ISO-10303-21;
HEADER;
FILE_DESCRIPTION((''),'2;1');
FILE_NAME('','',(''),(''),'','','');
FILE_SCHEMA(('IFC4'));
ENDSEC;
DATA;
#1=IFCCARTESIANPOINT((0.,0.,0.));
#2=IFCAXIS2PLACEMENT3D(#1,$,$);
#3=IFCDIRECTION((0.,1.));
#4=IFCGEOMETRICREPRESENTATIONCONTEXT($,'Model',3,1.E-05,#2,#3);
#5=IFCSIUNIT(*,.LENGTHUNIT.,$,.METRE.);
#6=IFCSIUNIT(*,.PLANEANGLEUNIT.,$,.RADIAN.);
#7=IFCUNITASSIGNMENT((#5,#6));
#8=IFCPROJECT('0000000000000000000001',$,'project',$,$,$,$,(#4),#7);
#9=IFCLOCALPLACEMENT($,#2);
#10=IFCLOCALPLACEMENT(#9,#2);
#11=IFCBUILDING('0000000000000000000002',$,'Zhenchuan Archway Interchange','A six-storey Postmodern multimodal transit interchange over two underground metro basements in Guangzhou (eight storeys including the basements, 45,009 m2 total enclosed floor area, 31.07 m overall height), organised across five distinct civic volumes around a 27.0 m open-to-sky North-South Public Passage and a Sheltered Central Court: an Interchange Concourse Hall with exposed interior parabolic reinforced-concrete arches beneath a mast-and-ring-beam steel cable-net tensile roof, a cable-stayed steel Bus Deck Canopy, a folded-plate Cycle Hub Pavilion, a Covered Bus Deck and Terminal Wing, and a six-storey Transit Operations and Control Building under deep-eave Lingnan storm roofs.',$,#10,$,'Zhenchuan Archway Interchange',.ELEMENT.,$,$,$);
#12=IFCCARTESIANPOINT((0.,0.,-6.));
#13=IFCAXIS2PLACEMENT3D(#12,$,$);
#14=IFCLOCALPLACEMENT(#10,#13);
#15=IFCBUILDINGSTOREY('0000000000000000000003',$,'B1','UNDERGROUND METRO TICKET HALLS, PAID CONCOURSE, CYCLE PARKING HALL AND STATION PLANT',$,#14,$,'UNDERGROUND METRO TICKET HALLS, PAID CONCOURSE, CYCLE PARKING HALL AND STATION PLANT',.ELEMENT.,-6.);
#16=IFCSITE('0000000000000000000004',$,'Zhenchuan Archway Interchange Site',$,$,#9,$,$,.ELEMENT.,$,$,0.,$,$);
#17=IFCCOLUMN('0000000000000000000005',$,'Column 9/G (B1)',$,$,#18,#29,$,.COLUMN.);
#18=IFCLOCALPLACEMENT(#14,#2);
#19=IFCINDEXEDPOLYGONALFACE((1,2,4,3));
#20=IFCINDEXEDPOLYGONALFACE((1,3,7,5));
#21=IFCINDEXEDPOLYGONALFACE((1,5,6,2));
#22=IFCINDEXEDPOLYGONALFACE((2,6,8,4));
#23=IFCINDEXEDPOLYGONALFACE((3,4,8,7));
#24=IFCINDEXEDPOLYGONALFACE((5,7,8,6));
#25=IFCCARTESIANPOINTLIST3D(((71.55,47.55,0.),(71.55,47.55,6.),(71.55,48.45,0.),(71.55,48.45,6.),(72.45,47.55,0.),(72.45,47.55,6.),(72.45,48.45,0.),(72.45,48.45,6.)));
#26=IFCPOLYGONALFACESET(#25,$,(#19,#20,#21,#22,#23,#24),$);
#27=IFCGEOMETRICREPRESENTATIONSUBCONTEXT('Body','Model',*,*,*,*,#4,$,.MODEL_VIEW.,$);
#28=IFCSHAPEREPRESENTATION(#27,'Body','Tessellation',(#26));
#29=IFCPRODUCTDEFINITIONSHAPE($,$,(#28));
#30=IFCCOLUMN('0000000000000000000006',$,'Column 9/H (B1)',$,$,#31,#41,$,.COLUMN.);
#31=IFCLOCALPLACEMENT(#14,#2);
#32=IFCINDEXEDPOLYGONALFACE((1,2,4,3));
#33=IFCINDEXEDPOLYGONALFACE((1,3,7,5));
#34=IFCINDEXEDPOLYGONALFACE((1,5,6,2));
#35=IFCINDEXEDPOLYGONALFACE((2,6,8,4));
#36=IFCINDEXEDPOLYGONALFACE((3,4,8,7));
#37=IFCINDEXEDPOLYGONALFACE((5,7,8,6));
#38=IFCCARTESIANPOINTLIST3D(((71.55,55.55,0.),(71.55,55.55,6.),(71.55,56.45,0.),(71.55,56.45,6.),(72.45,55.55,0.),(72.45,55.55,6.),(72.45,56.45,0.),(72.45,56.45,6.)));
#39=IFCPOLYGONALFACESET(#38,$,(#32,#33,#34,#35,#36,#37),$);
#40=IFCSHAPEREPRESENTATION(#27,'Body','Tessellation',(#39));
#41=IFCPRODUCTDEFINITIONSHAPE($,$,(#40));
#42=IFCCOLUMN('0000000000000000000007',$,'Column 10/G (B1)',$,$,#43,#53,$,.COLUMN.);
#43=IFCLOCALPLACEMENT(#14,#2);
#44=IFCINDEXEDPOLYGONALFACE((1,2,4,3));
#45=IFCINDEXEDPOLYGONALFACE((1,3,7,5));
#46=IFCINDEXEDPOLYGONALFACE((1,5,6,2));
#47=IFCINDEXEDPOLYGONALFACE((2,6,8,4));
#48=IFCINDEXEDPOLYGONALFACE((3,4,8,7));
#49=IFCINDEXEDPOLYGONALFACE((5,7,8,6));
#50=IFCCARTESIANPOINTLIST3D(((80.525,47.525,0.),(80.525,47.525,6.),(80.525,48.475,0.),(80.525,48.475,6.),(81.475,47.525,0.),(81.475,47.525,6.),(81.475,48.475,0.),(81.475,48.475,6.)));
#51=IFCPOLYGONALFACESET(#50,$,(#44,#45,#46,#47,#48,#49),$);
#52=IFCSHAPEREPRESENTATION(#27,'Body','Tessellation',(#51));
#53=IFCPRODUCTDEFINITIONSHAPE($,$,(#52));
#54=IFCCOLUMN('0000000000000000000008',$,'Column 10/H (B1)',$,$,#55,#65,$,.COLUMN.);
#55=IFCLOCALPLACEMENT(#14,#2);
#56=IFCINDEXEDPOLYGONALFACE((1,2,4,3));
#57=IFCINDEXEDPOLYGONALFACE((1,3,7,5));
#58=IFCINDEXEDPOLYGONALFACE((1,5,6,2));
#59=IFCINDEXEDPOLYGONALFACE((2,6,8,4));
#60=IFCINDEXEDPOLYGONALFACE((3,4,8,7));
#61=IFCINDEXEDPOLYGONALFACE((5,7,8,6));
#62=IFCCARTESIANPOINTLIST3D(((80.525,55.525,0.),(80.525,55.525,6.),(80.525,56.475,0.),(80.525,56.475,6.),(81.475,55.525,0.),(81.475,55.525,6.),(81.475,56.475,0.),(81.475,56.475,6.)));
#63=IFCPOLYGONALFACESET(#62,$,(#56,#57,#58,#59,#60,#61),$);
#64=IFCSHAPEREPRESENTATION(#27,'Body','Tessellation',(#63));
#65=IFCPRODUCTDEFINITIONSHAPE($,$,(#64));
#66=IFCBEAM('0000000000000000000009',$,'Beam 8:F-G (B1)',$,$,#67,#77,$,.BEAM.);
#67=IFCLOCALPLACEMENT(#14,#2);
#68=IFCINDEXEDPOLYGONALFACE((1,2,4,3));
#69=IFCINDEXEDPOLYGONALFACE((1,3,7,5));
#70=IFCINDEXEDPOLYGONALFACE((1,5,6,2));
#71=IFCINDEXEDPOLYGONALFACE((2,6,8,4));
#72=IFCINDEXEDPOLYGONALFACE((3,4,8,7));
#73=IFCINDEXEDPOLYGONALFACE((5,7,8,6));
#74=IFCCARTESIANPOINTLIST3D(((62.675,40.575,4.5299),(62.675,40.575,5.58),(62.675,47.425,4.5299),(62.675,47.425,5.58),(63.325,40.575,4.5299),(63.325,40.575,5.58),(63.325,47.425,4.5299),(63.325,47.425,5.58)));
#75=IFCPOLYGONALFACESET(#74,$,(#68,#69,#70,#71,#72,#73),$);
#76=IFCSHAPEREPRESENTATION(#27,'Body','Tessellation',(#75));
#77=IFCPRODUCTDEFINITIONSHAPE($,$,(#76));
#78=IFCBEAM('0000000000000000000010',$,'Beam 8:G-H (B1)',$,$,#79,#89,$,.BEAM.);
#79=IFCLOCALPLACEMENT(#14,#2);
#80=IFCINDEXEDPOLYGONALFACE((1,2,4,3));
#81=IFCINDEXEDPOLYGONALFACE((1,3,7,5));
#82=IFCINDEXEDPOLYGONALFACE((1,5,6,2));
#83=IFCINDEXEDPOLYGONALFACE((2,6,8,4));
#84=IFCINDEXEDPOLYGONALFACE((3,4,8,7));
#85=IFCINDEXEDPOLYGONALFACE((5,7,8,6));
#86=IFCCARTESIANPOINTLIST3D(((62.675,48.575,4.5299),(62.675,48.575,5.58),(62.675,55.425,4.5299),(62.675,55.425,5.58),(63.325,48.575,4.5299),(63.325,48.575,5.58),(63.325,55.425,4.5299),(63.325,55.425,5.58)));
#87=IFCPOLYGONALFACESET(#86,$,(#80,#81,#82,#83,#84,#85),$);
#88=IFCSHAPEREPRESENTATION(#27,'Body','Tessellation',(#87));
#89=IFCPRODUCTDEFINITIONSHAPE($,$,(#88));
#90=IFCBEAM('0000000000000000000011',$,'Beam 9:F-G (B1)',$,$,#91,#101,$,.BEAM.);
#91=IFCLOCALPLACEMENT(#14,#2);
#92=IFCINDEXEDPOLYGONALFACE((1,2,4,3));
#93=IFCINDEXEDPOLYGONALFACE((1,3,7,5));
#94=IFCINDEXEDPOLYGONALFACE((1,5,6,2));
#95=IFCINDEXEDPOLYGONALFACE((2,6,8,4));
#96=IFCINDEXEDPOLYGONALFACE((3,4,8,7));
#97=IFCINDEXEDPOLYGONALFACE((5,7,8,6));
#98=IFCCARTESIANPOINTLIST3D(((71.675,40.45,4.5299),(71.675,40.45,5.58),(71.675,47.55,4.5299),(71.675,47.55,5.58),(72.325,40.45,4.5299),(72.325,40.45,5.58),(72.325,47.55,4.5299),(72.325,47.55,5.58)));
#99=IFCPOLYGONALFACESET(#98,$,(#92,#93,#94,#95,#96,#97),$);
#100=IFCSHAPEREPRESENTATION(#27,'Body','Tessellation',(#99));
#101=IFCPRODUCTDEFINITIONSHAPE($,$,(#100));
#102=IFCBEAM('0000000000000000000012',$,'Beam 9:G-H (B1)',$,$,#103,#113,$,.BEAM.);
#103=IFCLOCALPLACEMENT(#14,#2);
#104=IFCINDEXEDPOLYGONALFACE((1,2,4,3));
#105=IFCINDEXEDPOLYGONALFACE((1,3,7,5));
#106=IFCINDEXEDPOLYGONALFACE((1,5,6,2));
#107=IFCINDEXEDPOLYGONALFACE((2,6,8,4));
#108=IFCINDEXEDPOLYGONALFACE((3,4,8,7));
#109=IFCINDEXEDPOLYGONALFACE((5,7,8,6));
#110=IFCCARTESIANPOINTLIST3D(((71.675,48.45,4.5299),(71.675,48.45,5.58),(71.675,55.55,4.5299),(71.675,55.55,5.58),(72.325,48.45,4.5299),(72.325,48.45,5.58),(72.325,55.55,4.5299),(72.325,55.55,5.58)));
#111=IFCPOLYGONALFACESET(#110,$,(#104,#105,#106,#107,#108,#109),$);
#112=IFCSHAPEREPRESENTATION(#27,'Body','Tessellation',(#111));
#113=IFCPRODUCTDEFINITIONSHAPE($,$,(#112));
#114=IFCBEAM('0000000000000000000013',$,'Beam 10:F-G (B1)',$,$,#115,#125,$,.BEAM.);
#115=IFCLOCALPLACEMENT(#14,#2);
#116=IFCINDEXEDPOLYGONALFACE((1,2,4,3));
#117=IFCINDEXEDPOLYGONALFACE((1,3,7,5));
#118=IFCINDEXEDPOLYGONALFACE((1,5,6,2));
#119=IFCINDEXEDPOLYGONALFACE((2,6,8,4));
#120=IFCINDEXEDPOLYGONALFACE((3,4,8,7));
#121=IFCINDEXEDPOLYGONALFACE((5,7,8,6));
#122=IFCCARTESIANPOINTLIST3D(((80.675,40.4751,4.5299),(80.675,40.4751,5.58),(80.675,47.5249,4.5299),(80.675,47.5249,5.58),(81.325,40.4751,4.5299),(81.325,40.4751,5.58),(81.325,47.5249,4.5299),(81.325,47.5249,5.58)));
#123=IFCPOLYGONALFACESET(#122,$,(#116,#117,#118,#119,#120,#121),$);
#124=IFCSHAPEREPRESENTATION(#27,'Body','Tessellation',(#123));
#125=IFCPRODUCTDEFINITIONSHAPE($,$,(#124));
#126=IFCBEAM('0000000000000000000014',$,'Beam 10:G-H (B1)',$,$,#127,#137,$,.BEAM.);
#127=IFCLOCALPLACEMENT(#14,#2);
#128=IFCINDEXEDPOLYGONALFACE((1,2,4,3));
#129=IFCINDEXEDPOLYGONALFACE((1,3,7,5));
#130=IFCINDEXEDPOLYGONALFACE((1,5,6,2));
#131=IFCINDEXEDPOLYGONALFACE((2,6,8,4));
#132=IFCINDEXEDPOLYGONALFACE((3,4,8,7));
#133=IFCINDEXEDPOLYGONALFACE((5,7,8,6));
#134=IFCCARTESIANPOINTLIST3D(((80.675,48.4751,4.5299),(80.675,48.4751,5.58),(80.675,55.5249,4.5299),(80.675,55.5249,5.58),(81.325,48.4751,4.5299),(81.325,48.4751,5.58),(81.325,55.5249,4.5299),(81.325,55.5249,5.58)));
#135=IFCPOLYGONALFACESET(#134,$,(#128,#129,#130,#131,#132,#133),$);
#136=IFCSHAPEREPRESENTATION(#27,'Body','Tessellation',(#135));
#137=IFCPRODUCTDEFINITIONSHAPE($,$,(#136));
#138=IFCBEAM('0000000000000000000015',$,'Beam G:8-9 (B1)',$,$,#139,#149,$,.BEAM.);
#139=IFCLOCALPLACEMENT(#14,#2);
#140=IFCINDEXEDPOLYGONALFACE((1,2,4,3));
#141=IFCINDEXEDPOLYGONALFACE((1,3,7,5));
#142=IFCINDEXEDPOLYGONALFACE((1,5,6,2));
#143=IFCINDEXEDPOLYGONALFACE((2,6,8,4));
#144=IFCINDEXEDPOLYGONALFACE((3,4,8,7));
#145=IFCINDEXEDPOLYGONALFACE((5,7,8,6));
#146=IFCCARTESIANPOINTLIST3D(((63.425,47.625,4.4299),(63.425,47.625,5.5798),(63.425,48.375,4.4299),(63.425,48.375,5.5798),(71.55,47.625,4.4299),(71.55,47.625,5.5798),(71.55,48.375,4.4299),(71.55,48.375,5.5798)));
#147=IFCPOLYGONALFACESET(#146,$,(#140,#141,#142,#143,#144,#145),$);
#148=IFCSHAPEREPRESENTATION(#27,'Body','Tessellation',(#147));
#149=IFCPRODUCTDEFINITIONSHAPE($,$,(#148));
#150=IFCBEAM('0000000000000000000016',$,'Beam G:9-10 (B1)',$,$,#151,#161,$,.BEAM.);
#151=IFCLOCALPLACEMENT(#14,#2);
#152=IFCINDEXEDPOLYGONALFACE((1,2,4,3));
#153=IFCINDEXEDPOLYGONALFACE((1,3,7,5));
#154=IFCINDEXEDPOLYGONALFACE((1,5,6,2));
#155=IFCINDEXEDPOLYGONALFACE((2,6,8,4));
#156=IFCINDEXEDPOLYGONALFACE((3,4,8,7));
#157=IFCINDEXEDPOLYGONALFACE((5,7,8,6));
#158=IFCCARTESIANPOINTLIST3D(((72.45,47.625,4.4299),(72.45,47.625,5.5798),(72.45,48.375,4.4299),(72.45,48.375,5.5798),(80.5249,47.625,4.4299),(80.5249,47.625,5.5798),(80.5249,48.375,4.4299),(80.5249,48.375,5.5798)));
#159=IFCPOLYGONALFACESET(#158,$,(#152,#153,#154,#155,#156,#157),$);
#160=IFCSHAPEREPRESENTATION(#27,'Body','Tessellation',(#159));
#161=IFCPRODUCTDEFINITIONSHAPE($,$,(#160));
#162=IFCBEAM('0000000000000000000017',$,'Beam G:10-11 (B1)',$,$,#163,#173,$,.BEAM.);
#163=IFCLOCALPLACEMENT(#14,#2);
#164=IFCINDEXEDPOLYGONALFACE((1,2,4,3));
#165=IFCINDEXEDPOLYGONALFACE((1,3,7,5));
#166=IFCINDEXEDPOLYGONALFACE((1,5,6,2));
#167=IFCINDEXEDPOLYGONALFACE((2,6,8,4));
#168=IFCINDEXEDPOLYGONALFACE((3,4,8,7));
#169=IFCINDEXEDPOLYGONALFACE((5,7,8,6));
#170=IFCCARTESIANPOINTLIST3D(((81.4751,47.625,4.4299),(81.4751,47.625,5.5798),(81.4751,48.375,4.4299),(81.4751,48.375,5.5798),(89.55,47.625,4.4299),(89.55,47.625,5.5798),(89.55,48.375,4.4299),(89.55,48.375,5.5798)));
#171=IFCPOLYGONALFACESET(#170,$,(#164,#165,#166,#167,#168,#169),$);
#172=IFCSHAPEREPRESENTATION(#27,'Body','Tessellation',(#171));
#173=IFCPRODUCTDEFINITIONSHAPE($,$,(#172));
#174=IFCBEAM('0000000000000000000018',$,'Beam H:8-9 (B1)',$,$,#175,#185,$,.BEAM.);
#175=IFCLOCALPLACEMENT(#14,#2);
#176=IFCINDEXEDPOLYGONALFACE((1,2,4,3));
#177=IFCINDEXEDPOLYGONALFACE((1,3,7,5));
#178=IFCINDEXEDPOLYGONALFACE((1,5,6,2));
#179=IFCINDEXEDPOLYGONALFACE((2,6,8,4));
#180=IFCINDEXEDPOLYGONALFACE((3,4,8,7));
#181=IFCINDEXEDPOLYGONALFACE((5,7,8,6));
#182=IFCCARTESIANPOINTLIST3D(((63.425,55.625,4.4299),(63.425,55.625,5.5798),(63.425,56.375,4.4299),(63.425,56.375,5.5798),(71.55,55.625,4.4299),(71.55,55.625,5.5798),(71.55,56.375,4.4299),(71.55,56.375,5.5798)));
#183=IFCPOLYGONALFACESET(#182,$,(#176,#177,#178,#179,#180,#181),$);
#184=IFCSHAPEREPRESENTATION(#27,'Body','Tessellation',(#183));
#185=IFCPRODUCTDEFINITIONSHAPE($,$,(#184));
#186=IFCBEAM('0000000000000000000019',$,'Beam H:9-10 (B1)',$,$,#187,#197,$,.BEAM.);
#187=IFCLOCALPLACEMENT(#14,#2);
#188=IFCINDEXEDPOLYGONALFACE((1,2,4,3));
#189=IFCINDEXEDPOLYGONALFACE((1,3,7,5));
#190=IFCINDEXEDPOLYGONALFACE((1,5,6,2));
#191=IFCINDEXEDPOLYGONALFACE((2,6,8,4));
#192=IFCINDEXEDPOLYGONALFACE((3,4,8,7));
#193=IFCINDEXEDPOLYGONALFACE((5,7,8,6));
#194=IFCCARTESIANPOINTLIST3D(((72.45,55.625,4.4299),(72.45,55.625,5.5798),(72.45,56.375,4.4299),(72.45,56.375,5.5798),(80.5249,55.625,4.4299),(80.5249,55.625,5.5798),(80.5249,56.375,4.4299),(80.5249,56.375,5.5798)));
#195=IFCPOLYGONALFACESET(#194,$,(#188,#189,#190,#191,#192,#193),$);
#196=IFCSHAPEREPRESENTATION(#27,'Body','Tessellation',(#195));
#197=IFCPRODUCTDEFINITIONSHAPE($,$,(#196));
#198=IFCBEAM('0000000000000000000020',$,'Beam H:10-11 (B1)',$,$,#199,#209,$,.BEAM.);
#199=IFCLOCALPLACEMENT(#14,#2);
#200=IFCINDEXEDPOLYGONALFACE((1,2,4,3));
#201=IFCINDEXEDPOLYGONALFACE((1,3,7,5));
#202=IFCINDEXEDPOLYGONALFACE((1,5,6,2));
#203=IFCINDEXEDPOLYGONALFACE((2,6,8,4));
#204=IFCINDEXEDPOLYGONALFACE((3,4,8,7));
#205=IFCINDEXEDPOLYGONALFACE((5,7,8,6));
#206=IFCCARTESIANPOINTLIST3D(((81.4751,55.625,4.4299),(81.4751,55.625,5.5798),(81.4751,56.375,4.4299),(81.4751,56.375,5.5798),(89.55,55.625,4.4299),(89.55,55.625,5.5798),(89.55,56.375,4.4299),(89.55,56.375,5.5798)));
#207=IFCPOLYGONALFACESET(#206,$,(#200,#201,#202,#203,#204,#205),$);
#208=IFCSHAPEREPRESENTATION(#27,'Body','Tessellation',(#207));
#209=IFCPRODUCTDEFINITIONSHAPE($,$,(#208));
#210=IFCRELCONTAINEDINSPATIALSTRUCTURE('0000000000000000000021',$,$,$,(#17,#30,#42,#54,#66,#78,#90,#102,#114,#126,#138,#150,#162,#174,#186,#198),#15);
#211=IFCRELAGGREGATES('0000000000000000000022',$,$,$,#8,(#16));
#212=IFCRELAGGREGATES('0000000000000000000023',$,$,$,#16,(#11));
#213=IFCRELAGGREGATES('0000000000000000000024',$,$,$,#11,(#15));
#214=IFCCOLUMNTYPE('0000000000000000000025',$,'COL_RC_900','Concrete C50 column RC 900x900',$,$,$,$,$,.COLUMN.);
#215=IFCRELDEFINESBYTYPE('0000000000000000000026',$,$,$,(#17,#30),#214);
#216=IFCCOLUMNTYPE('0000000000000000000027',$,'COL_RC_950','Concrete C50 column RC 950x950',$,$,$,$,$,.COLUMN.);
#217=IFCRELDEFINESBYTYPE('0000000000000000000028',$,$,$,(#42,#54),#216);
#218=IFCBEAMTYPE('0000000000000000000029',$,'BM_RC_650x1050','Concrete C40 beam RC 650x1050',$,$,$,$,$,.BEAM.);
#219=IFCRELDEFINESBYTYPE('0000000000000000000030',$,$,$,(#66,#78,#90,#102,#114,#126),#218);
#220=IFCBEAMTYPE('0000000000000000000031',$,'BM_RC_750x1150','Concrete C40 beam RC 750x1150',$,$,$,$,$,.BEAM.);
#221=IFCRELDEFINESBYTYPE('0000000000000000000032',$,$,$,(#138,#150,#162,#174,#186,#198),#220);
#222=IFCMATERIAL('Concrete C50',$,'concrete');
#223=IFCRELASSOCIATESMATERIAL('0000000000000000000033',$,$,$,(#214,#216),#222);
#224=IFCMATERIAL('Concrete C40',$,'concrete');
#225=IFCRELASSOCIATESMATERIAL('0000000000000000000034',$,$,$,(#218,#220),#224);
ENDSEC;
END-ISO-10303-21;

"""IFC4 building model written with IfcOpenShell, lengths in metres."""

from ifc_helpers import new_model, si_unit, direction, frame, origin, origin_2d, place, context, subcontext, project, spatial, rectangle, extrude, material, material_profile, profile_set, type_object, element, save


model = new_model("IFC4")

# Units and contexts
model_context = context("Model", 3, precision=1e-05, world=origin(), true_north=direction((0.0, 1.0)))
body_context = subcontext(model_context, "Body", "Model", "MODEL_VIEW")
ifc_project = project(units=[si_unit("LENGTHUNIT", "METRE"), si_unit("PLANEANGLEUNIT", "RADIAN")], contexts=[model_context])

# Site, building, storey
site_placement = place(None, origin())
site = spatial("IfcSite", under=ifc_project, at=site_placement, Name="Zhenchuan Archway Interchange Site", CompositionType="ELEMENT", RefElevation=0.0)
building_placement = place(site_placement, origin())
building = spatial("IfcBuilding", under=site, at=building_placement, Name="Zhenchuan Archway Interchange", Description="A six-storey Postmodern multimodal transit interchange over two underground metro basements in Guangzhou (eight storeys including the basements, 45,009 m2 total enclosed floor area, 31.07 m overall height), organised across five distinct civic volumes around a 27.0 m open-to-sky North-South Public Passage and a Sheltered Central Court: an Interchange Concourse Hall with exposed interior parabolic reinforced-concrete arches beneath a mast-and-ring-beam steel cable-net tensile roof, a cable-stayed steel Bus Deck Canopy, a folded-plate Cycle Hub Pavilion, a Covered Bus Deck and Terminal Wing, and a six-storey Transit Operations and Control Building under deep-eave Lingnan storm roofs.", LongName="Zhenchuan Archway Interchange", CompositionType="ELEMENT")
storey_placement = place(building_placement, frame((0.0, 0.0, -6.0)))
storey = spatial("IfcBuildingStorey", under=building, at=storey_placement, Name="B1", Description="UNDERGROUND METRO TICKET HALLS, PAID CONCOURSE, CYCLE PARKING HALL AND STATION PLANT", LongName="UNDERGROUND METRO TICKET HALLS, PAID CONCOURSE, CYCLE PARKING HALL AND STATION PLANT", CompositionType="ELEMENT", Elevation=-6.0)

# Columns
ifc_material_1 = material(Name="Concrete C50", Category="concrete")
ifc_material_profile_1 = material_profile(ifc_material_1, rectangle(XDim=0.8999, YDim=0.8999, at=origin_2d()), Name="RC 900x900")
ifc_profile_set_1 = profile_set([ifc_material_profile_1], Name="Concrete C50")
column_type_1 = type_object("IfcColumnType", Name="COL_RC_900", Description="Concrete C50 column RC 900x900", PredefinedType="COLUMN", material=ifc_profile_set_1)
for number, where, z_axis, x_axis, name in (
    (1, (72.0, 48.0, 0.0), (0.0, 0.0, 1.0), (1.0, 0.0, 0.0), "Column 9/G (B1)"),
    (2, (72.0, 56.0, 0.0), (0.0, 0.0, 1.0), (1.0, 0.0, 0.0), "Column 9/H (B1)"),
):
    element("IfcColumn", number, at=place(storey_placement, frame(where, z_axis=z_axis, x_axis=x_axis)), inside=storey, type_object=column_type_1, Name=name, PredefinedType="COLUMN", context=body_context, shape_type="SweptSolid", body=[
        extrude(rectangle(XDim=0.8999, YDim=0.8999, at=origin_2d()), origin(), (0.0, 0.0, 1.0), 6.0),
    ])
ifc_material_profile_2 = material_profile(ifc_material_1, rectangle(XDim=0.95, YDim=0.95, at=origin_2d()), Name="RC 950x950")
ifc_profile_set_2 = profile_set([ifc_material_profile_2], Name="Concrete C50")
column_type_2 = type_object("IfcColumnType", Name="COL_RC_950", Description="Concrete C50 column RC 950x950", PredefinedType="COLUMN", material=ifc_profile_set_2)
for number, where, z_axis, x_axis, name in (
    (3, (81.0, 48.0, 0.0), (0.0, 0.0, 1.0), (1.0, 0.0, 0.0), "Column 10/G (B1)"),
    (4, (81.0, 56.0, 0.0), (0.0, 0.0, 1.0), (1.0, 0.0, 0.0), "Column 10/H (B1)"),
):
    element("IfcColumn", number, at=place(storey_placement, frame(where, z_axis=z_axis, x_axis=x_axis)), inside=storey, type_object=column_type_2, Name=name, PredefinedType="COLUMN", context=body_context, shape_type="SweptSolid", body=[
        extrude(rectangle(XDim=0.95, YDim=0.95, at=origin_2d()), origin(), (0.0, 0.0, 1.0), 6.0),
    ])

# Beams
ifc_material_2 = material(Name="Concrete C40", Category="concrete")
ifc_material_profile_3 = material_profile(ifc_material_2, rectangle(XDim=0.6499, YDim=1.05, at=origin_2d()), Name="RC 650x1050")
ifc_profile_set_3 = profile_set([ifc_material_profile_3], Name="Concrete C40")
beam_type_1 = type_object("IfcBeamType", Name="BM_RC_650x1050", Description="Concrete C40 beam RC 650x1050", PredefinedType="BEAM", material=ifc_profile_set_3)
for number, where, z_axis, x_axis, name in (
    (5, (63.0, 40.575, 5.0549), (0.0, 1.0, 0.0), (-1.0, 0.0, 0.0), "Beam 8:F-G (B1)"),
    (6, (63.0, 48.575, 5.0549), (0.0, 1.0, 0.0), (-1.0, 0.0, 0.0), "Beam 8:G-H (B1)"),
):
    element("IfcBeam", number, at=place(storey_placement, frame(where, z_axis=z_axis, x_axis=x_axis)), inside=storey, type_object=beam_type_1, Name=name, PredefinedType="BEAM", context=body_context, shape_type="SweptSolid", body=[
        extrude(rectangle(XDim=0.6499, YDim=1.05, at=origin_2d()), origin(), (0.0, 0.0, 1.0), 6.8501),
    ])
for number, where, z_axis, x_axis, name in (
    (7, (72.0, 40.45, 5.0549), (0.0, 1.0, 0.0), (-1.0, 0.0, 0.0), "Beam 9:F-G (B1)"),
    (8, (72.0, 48.45, 5.0549), (0.0, 1.0, 0.0), (-1.0, 0.0, 0.0), "Beam 9:G-H (B1)"),
):
    element("IfcBeam", number, at=place(storey_placement, frame(where, z_axis=z_axis, x_axis=x_axis)), inside=storey, type_object=beam_type_1, Name=name, PredefinedType="BEAM", context=body_context, shape_type="SweptSolid", body=[
        extrude(rectangle(XDim=0.6499, YDim=1.05, at=origin_2d()), origin(), (0.0, 0.0, 1.0), 7.1001),
    ])
for number, where, z_axis, x_axis, name in (
    (9, (81.0, 40.4751, 5.0549), (0.0, 1.0, 0.0), (-1.0, 0.0, 0.0), "Beam 10:F-G (B1)"),
    (10, (81.0, 48.4751, 5.0549), (0.0, 1.0, 0.0), (-1.0, 0.0, 0.0), "Beam 10:G-H (B1)"),
):
    element("IfcBeam", number, at=place(storey_placement, frame(where, z_axis=z_axis, x_axis=x_axis)), inside=storey, type_object=beam_type_1, Name=name, PredefinedType="BEAM", context=body_context, shape_type="SweptSolid", body=[
        extrude(rectangle(XDim=0.6499, YDim=1.05, at=origin_2d()), origin(), (0.0, 0.0, 1.0), 7.0498),
    ])
ifc_material_profile_4 = material_profile(ifc_material_2, rectangle(XDim=0.75, YDim=1.1499, at=origin_2d()), Name="RC 750x1150")
ifc_profile_set_4 = profile_set([ifc_material_profile_4], Name="Concrete C40")
beam_type_2 = type_object("IfcBeamType", Name="BM_RC_750x1150", Description="Concrete C40 beam RC 750x1150", PredefinedType="BEAM", material=ifc_profile_set_4)
beam_1_placement = place(storey_placement, frame((63.425, 48.0, 5.0049), z_axis=(1.0, 0.0, 0.0), x_axis=(0.0, 1.0, 0.0)))
element("IfcBeam", 11, at=beam_1_placement, inside=storey, type_object=beam_type_2, Name="Beam G:8-9 (B1)", PredefinedType="BEAM", context=body_context, shape_type="SweptSolid", body=[
    extrude(rectangle(XDim=0.75, YDim=1.1499, at=origin_2d()), origin(), (0.0, 0.0, 1.0), 8.125),
])
for number, where, z_axis, x_axis, name in (
    (12, (72.45, 48.0, 5.0049), (1.0, 0.0, 0.0), (0.0, 1.0, 0.0), "Beam G:9-10 (B1)"),
    (13, (81.4751, 48.0, 5.0049), (1.0, 0.0, 0.0), (0.0, 1.0, 0.0), "Beam G:10-11 (B1)"),
):
    element("IfcBeam", number, at=place(storey_placement, frame(where, z_axis=z_axis, x_axis=x_axis)), inside=storey, type_object=beam_type_2, Name=name, PredefinedType="BEAM", context=body_context, shape_type="SweptSolid", body=[
        extrude(rectangle(XDim=0.75, YDim=1.1499, at=origin_2d()), origin(), (0.0, 0.0, 1.0), 8.075),
    ])
beam_2_placement = place(storey_placement, frame((63.425, 56.0, 5.0049), z_axis=(1.0, 0.0, 0.0), x_axis=(0.0, 1.0, 0.0)))
element("IfcBeam", 14, at=beam_2_placement, inside=storey, type_object=beam_type_2, Name="Beam H:8-9 (B1)", PredefinedType="BEAM", context=body_context, shape_type="SweptSolid", body=[
    extrude(rectangle(XDim=0.75, YDim=1.1499, at=origin_2d()), origin(), (0.0, 0.0, 1.0), 8.125),
])
for number, where, z_axis, x_axis, name in (
    (15, (72.45, 56.0, 5.0049), (1.0, 0.0, 0.0), (0.0, 1.0, 0.0), "Beam H:9-10 (B1)"),
    (16, (81.4751, 56.0, 5.0049), (1.0, 0.0, 0.0), (0.0, 1.0, 0.0), "Beam H:10-11 (B1)"),
):
    element("IfcBeam", number, at=place(storey_placement, frame(where, z_axis=z_axis, x_axis=x_axis)), inside=storey, type_object=beam_type_2, Name=name, PredefinedType="BEAM", context=body_context, shape_type="SweptSolid", body=[
        extrude(rectangle(XDim=0.75, YDim=1.1499, at=origin_2d()), origin(), (0.0, 0.0, 1.0), 8.075),
    ])

save(model, "model.ifc")
